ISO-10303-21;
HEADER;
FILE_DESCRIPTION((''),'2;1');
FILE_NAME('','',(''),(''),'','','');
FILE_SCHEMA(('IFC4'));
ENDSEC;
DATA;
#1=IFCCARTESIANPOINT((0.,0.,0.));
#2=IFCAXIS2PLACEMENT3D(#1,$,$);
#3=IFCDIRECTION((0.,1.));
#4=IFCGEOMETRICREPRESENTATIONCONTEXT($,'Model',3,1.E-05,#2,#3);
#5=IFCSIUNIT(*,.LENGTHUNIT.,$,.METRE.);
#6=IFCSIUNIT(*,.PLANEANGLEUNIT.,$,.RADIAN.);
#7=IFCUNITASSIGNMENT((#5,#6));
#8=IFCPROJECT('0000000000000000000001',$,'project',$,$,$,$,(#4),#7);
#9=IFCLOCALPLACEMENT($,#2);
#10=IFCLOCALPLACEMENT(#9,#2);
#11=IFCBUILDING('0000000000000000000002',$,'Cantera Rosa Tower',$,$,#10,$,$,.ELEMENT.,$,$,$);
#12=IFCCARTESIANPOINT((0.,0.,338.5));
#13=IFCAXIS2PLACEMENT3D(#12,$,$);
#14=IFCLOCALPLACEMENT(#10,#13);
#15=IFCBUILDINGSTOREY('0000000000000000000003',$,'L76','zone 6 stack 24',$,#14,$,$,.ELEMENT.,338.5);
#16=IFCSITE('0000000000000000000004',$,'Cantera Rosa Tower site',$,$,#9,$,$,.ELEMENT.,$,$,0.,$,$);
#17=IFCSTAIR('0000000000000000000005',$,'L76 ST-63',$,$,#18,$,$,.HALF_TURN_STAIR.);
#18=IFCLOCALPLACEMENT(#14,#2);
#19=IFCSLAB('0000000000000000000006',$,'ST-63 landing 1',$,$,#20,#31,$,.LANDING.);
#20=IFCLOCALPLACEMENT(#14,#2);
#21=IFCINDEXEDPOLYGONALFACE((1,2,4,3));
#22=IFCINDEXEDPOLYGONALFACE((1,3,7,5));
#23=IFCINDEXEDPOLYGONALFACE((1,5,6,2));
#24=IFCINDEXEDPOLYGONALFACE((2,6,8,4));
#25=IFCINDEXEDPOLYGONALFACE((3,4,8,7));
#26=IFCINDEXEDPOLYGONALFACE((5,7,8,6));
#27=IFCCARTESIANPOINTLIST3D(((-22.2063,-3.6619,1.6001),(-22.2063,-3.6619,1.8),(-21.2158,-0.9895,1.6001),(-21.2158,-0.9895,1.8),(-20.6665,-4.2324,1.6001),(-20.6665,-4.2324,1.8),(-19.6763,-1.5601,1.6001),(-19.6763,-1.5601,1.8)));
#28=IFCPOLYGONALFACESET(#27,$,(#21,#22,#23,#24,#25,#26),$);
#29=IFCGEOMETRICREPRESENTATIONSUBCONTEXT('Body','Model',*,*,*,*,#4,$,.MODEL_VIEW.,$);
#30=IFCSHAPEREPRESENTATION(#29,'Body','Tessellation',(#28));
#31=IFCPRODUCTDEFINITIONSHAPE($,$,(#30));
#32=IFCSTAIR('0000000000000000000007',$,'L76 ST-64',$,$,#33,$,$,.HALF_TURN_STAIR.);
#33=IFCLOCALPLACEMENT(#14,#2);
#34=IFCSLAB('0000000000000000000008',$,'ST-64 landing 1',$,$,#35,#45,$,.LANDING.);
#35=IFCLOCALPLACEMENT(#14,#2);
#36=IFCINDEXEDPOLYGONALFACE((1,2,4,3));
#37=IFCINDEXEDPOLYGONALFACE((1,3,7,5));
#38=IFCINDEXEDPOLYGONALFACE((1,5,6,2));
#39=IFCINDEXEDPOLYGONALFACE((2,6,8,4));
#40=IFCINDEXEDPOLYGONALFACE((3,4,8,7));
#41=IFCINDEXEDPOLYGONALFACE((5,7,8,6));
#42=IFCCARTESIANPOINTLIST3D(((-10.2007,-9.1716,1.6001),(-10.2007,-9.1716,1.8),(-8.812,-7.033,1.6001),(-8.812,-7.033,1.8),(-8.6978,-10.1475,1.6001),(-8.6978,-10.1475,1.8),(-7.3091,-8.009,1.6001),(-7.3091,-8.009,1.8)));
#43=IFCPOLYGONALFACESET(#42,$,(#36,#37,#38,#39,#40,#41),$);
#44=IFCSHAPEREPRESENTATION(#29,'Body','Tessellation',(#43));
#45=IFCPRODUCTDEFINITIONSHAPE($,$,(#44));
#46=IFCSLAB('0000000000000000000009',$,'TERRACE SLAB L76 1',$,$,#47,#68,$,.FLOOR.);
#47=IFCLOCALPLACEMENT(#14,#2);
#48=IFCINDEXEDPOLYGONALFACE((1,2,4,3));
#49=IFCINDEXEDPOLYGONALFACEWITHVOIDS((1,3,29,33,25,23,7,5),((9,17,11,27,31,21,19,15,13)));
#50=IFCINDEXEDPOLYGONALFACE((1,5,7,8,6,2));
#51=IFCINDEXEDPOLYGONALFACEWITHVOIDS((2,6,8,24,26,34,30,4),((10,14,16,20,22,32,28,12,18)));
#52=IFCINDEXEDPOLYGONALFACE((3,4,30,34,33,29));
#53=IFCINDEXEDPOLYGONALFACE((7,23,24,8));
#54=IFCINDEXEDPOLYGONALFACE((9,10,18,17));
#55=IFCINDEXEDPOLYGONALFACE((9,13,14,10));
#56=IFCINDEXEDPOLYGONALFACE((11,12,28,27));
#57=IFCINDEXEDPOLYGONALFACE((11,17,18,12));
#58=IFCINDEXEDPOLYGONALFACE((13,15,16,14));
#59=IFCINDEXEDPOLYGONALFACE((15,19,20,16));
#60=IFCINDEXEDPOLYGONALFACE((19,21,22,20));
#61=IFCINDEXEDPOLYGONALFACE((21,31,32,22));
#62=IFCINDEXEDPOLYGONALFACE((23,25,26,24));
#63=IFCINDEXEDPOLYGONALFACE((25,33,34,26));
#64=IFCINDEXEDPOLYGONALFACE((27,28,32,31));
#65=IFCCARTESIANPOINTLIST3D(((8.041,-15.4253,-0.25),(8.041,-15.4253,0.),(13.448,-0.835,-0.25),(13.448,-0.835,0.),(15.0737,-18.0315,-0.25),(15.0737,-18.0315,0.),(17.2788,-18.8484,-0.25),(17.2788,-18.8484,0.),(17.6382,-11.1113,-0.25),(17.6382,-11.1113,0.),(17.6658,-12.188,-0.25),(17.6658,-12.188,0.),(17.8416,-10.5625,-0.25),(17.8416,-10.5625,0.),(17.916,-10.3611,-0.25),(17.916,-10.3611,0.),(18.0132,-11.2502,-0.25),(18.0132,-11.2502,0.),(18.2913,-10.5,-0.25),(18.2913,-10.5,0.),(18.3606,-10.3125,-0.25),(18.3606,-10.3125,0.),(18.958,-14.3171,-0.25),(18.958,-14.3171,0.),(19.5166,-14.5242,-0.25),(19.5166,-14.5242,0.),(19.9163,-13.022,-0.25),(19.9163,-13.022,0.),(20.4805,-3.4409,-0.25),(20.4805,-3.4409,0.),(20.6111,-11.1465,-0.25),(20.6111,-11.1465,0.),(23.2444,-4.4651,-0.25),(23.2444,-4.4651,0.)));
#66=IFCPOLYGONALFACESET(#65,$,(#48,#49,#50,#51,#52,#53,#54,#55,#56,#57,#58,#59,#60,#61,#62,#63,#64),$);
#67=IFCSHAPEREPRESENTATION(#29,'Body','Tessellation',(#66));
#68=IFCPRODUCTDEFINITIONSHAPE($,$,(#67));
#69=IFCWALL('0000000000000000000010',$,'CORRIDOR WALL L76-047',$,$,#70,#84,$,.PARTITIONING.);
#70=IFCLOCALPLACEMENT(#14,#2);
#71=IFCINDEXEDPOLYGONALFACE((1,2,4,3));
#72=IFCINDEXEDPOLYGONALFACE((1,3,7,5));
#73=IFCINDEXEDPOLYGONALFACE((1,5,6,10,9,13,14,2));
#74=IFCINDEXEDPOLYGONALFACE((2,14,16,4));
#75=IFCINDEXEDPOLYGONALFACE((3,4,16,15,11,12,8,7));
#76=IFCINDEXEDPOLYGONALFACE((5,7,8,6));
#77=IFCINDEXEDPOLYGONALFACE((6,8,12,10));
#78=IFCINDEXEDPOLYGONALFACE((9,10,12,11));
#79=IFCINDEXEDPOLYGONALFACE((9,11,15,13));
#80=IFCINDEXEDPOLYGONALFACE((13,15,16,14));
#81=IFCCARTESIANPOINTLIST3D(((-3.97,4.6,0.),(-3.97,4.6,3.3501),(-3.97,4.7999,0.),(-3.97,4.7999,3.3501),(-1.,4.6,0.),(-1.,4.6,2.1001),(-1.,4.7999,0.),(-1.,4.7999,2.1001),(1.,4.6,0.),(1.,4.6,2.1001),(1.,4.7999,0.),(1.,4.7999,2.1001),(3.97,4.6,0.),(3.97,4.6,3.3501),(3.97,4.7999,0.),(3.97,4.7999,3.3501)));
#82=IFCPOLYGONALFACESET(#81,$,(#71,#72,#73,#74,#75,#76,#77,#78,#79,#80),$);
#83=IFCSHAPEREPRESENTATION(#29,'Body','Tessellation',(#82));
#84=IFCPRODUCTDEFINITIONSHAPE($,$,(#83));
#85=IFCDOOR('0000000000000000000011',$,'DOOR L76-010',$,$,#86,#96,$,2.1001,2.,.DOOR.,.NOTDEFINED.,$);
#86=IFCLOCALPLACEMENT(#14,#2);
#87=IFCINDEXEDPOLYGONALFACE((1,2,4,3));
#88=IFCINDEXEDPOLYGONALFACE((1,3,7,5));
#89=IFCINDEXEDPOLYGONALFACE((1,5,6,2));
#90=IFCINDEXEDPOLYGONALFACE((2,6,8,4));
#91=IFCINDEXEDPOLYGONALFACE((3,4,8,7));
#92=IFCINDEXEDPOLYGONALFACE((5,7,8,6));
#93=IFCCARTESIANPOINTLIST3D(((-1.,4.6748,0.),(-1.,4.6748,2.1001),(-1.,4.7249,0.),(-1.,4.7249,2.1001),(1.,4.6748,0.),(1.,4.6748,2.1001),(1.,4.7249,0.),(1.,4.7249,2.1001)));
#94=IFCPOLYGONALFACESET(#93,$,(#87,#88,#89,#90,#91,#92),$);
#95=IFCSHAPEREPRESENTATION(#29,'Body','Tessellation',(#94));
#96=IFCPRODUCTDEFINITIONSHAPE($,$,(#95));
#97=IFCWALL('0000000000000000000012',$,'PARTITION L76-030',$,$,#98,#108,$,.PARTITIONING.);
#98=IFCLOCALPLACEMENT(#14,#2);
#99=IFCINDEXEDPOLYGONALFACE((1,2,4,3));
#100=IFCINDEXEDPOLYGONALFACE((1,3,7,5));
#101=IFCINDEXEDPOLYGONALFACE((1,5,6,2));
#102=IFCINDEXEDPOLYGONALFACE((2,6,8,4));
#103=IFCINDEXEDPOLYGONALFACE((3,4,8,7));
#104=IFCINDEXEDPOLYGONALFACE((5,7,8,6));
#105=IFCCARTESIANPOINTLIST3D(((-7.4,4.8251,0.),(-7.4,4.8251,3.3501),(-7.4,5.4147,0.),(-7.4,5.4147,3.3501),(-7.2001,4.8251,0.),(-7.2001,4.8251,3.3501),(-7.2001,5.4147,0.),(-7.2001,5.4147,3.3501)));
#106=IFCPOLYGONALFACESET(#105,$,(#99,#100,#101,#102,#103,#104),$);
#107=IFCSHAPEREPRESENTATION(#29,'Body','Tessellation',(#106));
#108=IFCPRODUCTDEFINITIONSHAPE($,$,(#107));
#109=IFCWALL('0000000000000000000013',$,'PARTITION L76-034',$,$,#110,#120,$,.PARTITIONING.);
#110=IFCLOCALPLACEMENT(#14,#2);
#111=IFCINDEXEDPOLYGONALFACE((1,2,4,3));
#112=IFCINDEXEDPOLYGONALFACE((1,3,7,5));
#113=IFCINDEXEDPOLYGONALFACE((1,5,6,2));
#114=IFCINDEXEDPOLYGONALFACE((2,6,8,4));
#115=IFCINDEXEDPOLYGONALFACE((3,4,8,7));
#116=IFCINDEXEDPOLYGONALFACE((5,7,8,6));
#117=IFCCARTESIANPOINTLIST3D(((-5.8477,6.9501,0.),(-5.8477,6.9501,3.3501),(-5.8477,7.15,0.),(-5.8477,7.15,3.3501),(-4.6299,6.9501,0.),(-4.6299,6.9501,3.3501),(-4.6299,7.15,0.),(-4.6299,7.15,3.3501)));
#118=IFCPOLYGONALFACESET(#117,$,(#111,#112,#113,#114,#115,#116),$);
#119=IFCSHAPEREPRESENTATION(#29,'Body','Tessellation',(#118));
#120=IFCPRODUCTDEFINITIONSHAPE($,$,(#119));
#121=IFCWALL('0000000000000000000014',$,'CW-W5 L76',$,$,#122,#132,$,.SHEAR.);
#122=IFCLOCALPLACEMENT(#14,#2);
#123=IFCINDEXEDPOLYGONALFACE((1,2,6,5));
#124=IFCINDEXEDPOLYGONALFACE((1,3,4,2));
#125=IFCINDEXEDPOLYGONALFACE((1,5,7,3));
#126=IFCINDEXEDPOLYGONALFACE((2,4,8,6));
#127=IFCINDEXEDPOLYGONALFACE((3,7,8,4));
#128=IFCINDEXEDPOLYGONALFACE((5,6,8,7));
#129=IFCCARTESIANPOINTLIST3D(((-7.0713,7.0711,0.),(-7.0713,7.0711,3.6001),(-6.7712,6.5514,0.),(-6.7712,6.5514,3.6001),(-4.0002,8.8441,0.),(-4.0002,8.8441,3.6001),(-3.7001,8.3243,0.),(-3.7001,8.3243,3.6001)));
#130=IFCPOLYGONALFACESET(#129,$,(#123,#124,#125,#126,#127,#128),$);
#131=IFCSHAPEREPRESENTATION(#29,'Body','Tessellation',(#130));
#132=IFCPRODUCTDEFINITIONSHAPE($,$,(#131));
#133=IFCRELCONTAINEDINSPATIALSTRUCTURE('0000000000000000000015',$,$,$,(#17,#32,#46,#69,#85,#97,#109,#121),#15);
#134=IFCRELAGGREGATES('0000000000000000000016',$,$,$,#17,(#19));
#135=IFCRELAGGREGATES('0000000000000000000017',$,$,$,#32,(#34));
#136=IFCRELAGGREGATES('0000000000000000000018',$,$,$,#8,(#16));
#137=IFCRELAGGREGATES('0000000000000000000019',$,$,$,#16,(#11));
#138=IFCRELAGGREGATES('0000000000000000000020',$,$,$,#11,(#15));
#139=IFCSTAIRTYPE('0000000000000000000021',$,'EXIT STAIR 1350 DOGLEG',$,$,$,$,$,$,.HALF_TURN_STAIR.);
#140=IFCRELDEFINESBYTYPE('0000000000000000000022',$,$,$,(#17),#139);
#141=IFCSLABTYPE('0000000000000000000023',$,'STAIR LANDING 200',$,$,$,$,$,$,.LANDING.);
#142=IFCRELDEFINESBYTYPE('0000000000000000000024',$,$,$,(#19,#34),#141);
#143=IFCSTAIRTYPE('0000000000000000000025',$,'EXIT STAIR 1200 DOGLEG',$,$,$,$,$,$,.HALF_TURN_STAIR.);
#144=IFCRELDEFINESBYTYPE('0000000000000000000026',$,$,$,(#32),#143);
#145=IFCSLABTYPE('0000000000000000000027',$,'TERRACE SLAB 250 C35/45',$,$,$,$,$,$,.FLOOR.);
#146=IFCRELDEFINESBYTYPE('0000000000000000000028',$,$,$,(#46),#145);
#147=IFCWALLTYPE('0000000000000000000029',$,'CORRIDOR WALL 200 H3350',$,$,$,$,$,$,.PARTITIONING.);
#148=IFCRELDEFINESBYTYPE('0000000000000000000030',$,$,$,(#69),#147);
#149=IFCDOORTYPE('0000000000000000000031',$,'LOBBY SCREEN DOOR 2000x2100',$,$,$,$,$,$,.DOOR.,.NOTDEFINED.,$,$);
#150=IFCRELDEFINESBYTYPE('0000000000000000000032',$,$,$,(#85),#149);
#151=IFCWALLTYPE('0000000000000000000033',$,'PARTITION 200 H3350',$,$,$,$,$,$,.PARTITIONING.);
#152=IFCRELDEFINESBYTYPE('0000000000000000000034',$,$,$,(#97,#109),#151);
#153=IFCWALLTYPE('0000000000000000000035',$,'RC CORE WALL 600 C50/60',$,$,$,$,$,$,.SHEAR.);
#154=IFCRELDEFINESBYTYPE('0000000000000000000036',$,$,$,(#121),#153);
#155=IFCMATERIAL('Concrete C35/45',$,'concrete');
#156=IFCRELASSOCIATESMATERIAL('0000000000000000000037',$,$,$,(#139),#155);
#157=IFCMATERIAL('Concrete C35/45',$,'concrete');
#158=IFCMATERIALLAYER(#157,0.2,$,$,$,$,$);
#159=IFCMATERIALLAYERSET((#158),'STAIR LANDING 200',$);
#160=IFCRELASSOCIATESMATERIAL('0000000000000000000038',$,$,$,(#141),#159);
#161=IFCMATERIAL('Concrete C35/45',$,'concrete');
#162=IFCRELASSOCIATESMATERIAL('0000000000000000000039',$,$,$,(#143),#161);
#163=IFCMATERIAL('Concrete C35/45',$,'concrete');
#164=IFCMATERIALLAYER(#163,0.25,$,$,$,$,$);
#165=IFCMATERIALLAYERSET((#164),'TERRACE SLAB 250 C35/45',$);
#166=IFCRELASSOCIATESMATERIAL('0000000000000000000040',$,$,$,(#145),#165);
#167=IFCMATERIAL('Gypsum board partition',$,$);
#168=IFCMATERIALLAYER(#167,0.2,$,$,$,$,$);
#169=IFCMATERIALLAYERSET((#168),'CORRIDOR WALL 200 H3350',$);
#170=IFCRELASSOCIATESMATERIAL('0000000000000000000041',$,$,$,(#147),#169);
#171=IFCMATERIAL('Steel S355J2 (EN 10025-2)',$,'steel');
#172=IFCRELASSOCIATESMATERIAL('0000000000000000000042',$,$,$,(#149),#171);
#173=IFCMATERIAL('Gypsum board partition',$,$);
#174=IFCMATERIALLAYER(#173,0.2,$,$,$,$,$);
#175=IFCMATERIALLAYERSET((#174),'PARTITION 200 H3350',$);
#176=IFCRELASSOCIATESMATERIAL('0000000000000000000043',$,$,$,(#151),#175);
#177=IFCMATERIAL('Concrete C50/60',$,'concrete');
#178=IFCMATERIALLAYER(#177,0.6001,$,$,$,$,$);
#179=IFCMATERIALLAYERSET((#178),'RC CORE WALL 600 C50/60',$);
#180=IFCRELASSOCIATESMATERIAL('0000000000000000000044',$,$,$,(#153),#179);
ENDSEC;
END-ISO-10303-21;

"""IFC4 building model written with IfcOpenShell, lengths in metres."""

from ifc_helpers import new_model, si_unit, direction, frame, frame_2d, origin, place, context, subcontext, project, spatial, polyline, rectangle, outline, extrude, material, layer, layer_set, type_object, element, fill, aggregate, save


model = new_model("IFC4")

# Units and contexts
model_context = context("Model", 3, precision=1e-05, world=origin(), true_north=direction((0.0, 1.0)))
body_context = subcontext(model_context, "Body", "Model", "MODEL_VIEW")
ifc_project = project(units=[si_unit("LENGTHUNIT", "METRE"), si_unit("PLANEANGLEUNIT", "RADIAN")], contexts=[model_context])

# Site, building, storey
site_placement = place(None, origin())
site = spatial("IfcSite", under=ifc_project, at=site_placement, Name="Cantera Rosa Tower site", CompositionType="ELEMENT", RefElevation=0.0)
building_placement = place(site_placement, origin())
building = spatial("IfcBuilding", under=site, at=building_placement, Name="Cantera Rosa Tower", CompositionType="ELEMENT")
storey_placement = place(building_placement, frame((0.0, 0.0, 338.5)))
storey = spatial("IfcBuildingStorey", under=building, at=storey_placement, Name="L76", Description="zone 6 stack 24", CompositionType="ELEMENT", Elevation=338.5)

# Stairs, slabs
ifc_material_1 = material(Name="Concrete C35/45", Category="concrete")
stair_type_1 = type_object("IfcStairType", Name="EXIT STAIR 1350 DOGLEG", PredefinedType="HALF_TURN_STAIR", material=ifc_material_1)
ifc_material_2 = material(Name="Concrete C35/45", Category="concrete")
ifc_layer_1 = layer(ifc_material_2, 0.2)
ifc_layer_set_1 = layer_set([ifc_layer_1], Name="STAIR LANDING 200")
slab_type_1 = type_object("IfcSlabType", Name="STAIR LANDING 200", PredefinedType="LANDING", material=ifc_layer_set_1)
stair_1_placement = place(storey_placement, origin())
stair_1 = element("IfcStair", 1, at=stair_1_placement, inside=storey, type_object=stair_type_1, Name="L76 ST-63", PredefinedType="HALF_TURN_STAIR")
slab_1_placement = place(storey_placement, frame((0.0, 0.0, 1.6001)))
slab_1 = element("IfcSlab", 2, at=slab_1_placement, type_object=slab_type_1, Name="ST-63 landing 1", PredefinedType="LANDING", context=body_context, shape_type="SweptSolid", body=[
    extrude(outline(polyline([(-19.6763, -1.5601), (-21.2158, -0.9895), (-22.2063, -3.6619), (-20.6665, -4.2324), (-19.6763, -1.5601)])), origin(), (0.0, 0.0, 1.0), 0.2),
])
aggregate(stair_1, [slab_1])
ifc_material_3 = material(Name="Concrete C35/45", Category="concrete")
stair_type_2 = type_object("IfcStairType", Name="EXIT STAIR 1200 DOGLEG", PredefinedType="HALF_TURN_STAIR", material=ifc_material_3)
stair_2_placement = place(storey_placement, origin())
stair_2 = element("IfcStair", 3, at=stair_2_placement, inside=storey, type_object=stair_type_2, Name="L76 ST-64", PredefinedType="HALF_TURN_STAIR")
slab_2_placement = place(storey_placement, frame((0.0, 0.0, 1.6001)))
slab_2 = element("IfcSlab", 4, at=slab_2_placement, type_object=slab_type_1, Name="ST-64 landing 1", PredefinedType="LANDING", context=body_context, shape_type="SweptSolid", body=[
    extrude(outline(polyline([(-7.3091, -8.009), (-8.812, -7.033), (-10.2007, -9.1716), (-8.6978, -10.1475), (-7.3091, -8.009)])), origin(), (0.0, 0.0, 1.0), 0.2),
])
aggregate(stair_2, [slab_2])

# Slab
ifc_material_4 = material(Name="Concrete C35/45", Category="concrete")
ifc_layer_2 = layer(ifc_material_4, 0.25)
ifc_layer_set_2 = layer_set([ifc_layer_2], Name="TERRACE SLAB 250 C35/45")
slab_type_2 = type_object("IfcSlabType", Name="TERRACE SLAB 250 C35/45", PredefinedType="FLOOR", material=ifc_layer_set_2)
slab_3_placement = place(storey_placement, frame((0.0, 0.0, -0.25)))
element("IfcSlab", 5, at=slab_3_placement, inside=storey, type_object=slab_type_2, Name="TERRACE SLAB L76 1", PredefinedType="FLOOR", context=body_context, shape_type="SweptSolid", body=[
    extrude(outline(polyline([(19.5166, -14.5242), (18.958, -14.3171), (17.2788, -18.8484), (15.0737, -18.0315), (8.041, -15.4253), (13.448, -0.835), (20.4805, -3.4409), (23.2444, -4.4651), (19.5166, -14.5242)]), holes=[polyline([(19.9163, -13.022), (20.6111, -11.1465), (18.3606, -10.3125), (18.2913, -10.5), (17.916, -10.3611), (17.8416, -10.5625), (17.6382, -11.1113), (18.0132, -11.2502), (17.6658, -12.188), (19.9163, -13.022)])]), origin(), (0.0, 0.0, 1.0), 0.25),
])

# Wall, opening, door
ifc_material_5 = material(Name="Gypsum board partition")
ifc_layer_3 = layer(ifc_material_5, 0.2)
ifc_layer_set_3 = layer_set([ifc_layer_3], Name="CORRIDOR WALL 200 H3350")
wall_type_1 = type_object("IfcWallType", Name="CORRIDOR WALL 200 H3350", PredefinedType="PARTITIONING", material=ifc_layer_set_3)
wall_1_placement = place(storey_placement, frame((-3.97, 4.7, 0.0), z_axis=(0.0, 0.0, 1.0), x_axis=(1.0, 0.0, 0.0)))
wall_1 = element("IfcWall", 6, at=wall_1_placement, inside=storey, type_object=wall_type_1, Name="CORRIDOR WALL L76-047", PredefinedType="PARTITIONING", context=body_context, shape_type="SweptSolid", body=[
    extrude(rectangle(XDim=7.9399, YDim=0.2, at=frame_2d((3.97, 0.0))), origin(), (0.0, 0.0, 1.0), 3.3501),
])
opening_1_placement = place(wall_1_placement, frame((2.97, 0.0, 0.0)))
opening_1 = element("IfcOpeningElement", 7, at=opening_1_placement, cuts=wall_1, PredefinedType="OPENING", context=body_context, shape_type="SweptSolid", body=[
    extrude(rectangle(XDim=2.0, YDim=2.1001, at=frame_2d((1.0, 1.05))), frame((0.0, 0.1099, 0.0), z_axis=(0.0, -1.0, 0.0), x_axis=(1.0, 0.0, 0.0)), (0.0, 0.0, 1.0), 0.22),
])
ifc_material_6 = material(Name="Steel S355J2 (EN 10025-2)", Category="steel")
door_type_1 = type_object("IfcDoorType", Name="LOBBY SCREEN DOOR 2000x2100", OperationType="NOTDEFINED", PredefinedType="DOOR", material=ifc_material_6)
door_1_placement = place(opening_1_placement, origin())
door_1 = element("IfcDoor", 8, at=door_1_placement, inside=storey, type_object=door_type_1, Name="DOOR L76-010", OperationType="NOTDEFINED", OverallHeight=2.1001, OverallWidth=2.0, PredefinedType="DOOR", context=body_context, shape_type="SweptSolid", body=[
    extrude(rectangle(XDim=2.0, YDim=2.1001, at=frame_2d((1.0, 1.05))), frame((0.0, 0.0249, 0.0), z_axis=(0.0, -1.0, 0.0), x_axis=(1.0, 0.0, 0.0)), (0.0, 0.0, 1.0), 0.05),
])
fill(opening_1, door_1)

# Walls
ifc_material_7 = material(Name="Gypsum board partition")
ifc_layer_4 = layer(ifc_material_7, 0.2)
ifc_layer_set_4 = layer_set([ifc_layer_4], Name="PARTITION 200 H3350")
wall_type_2 = type_object("IfcWallType", Name="PARTITION 200 H3350", PredefinedType="PARTITIONING", material=ifc_layer_set_4)
wall_2_placement = place(storey_placement, frame((-7.3, 4.825, 0.0), z_axis=(0.0, 0.0, 1.0), x_axis=(0.0, 1.0, 0.0)))
element("IfcWall", 9, at=wall_2_placement, inside=storey, type_object=wall_type_2, Name="PARTITION L76-030", PredefinedType="PARTITIONING", context=body_context, shape_type="SweptSolid", body=[
    extrude(rectangle(XDim=0.5896, YDim=0.2, at=frame_2d((0.2949, 0.0))), origin(), (0.0, 0.0, 1.0), 3.3501),
])
wall_3_placement = place(storey_placement, frame((-5.8477, 7.05, 0.0), z_axis=(0.0, 0.0, 1.0), x_axis=(1.0, 0.0, 0.0)))
element("IfcWall", 10, at=wall_3_placement, inside=storey, type_object=wall_type_2, Name="PARTITION L76-034", PredefinedType="PARTITIONING", context=body_context, shape_type="SweptSolid", body=[
    extrude(rectangle(XDim=1.2178, YDim=0.2, at=frame_2d((0.6089, 0.0))), origin(), (0.0, 0.0, 1.0), 3.3501),
])
ifc_material_8 = material(Name="Concrete C50/60", Category="concrete")
ifc_layer_5 = layer(ifc_material_8, 0.6001)
ifc_layer_set_5 = layer_set([ifc_layer_5], Name="RC CORE WALL 600 C50/60")
wall_type_3 = type_object("IfcWallType", Name="RC CORE WALL 600 C50/60", PredefinedType="SHEAR", material=ifc_layer_set_5)
wall_4_placement = place(storey_placement, frame((-6.9211, 6.8113, 0.0), z_axis=(0.0, 0.0, 1.0), x_axis=(0.86604, 0.499975, 0.0)))
element("IfcWall", 11, at=wall_4_placement, inside=storey, type_object=wall_type_3, Name="CW-W5 L76", PredefinedType="SHEAR", context=body_context, shape_type="SweptSolid", body=[
    extrude(rectangle(XDim=3.5461, YDim=0.6001, at=frame_2d((1.7729, 0.0))), origin(), (0.0, 0.0, 1.0), 3.6001),
])

save(model, "model.ifc")
